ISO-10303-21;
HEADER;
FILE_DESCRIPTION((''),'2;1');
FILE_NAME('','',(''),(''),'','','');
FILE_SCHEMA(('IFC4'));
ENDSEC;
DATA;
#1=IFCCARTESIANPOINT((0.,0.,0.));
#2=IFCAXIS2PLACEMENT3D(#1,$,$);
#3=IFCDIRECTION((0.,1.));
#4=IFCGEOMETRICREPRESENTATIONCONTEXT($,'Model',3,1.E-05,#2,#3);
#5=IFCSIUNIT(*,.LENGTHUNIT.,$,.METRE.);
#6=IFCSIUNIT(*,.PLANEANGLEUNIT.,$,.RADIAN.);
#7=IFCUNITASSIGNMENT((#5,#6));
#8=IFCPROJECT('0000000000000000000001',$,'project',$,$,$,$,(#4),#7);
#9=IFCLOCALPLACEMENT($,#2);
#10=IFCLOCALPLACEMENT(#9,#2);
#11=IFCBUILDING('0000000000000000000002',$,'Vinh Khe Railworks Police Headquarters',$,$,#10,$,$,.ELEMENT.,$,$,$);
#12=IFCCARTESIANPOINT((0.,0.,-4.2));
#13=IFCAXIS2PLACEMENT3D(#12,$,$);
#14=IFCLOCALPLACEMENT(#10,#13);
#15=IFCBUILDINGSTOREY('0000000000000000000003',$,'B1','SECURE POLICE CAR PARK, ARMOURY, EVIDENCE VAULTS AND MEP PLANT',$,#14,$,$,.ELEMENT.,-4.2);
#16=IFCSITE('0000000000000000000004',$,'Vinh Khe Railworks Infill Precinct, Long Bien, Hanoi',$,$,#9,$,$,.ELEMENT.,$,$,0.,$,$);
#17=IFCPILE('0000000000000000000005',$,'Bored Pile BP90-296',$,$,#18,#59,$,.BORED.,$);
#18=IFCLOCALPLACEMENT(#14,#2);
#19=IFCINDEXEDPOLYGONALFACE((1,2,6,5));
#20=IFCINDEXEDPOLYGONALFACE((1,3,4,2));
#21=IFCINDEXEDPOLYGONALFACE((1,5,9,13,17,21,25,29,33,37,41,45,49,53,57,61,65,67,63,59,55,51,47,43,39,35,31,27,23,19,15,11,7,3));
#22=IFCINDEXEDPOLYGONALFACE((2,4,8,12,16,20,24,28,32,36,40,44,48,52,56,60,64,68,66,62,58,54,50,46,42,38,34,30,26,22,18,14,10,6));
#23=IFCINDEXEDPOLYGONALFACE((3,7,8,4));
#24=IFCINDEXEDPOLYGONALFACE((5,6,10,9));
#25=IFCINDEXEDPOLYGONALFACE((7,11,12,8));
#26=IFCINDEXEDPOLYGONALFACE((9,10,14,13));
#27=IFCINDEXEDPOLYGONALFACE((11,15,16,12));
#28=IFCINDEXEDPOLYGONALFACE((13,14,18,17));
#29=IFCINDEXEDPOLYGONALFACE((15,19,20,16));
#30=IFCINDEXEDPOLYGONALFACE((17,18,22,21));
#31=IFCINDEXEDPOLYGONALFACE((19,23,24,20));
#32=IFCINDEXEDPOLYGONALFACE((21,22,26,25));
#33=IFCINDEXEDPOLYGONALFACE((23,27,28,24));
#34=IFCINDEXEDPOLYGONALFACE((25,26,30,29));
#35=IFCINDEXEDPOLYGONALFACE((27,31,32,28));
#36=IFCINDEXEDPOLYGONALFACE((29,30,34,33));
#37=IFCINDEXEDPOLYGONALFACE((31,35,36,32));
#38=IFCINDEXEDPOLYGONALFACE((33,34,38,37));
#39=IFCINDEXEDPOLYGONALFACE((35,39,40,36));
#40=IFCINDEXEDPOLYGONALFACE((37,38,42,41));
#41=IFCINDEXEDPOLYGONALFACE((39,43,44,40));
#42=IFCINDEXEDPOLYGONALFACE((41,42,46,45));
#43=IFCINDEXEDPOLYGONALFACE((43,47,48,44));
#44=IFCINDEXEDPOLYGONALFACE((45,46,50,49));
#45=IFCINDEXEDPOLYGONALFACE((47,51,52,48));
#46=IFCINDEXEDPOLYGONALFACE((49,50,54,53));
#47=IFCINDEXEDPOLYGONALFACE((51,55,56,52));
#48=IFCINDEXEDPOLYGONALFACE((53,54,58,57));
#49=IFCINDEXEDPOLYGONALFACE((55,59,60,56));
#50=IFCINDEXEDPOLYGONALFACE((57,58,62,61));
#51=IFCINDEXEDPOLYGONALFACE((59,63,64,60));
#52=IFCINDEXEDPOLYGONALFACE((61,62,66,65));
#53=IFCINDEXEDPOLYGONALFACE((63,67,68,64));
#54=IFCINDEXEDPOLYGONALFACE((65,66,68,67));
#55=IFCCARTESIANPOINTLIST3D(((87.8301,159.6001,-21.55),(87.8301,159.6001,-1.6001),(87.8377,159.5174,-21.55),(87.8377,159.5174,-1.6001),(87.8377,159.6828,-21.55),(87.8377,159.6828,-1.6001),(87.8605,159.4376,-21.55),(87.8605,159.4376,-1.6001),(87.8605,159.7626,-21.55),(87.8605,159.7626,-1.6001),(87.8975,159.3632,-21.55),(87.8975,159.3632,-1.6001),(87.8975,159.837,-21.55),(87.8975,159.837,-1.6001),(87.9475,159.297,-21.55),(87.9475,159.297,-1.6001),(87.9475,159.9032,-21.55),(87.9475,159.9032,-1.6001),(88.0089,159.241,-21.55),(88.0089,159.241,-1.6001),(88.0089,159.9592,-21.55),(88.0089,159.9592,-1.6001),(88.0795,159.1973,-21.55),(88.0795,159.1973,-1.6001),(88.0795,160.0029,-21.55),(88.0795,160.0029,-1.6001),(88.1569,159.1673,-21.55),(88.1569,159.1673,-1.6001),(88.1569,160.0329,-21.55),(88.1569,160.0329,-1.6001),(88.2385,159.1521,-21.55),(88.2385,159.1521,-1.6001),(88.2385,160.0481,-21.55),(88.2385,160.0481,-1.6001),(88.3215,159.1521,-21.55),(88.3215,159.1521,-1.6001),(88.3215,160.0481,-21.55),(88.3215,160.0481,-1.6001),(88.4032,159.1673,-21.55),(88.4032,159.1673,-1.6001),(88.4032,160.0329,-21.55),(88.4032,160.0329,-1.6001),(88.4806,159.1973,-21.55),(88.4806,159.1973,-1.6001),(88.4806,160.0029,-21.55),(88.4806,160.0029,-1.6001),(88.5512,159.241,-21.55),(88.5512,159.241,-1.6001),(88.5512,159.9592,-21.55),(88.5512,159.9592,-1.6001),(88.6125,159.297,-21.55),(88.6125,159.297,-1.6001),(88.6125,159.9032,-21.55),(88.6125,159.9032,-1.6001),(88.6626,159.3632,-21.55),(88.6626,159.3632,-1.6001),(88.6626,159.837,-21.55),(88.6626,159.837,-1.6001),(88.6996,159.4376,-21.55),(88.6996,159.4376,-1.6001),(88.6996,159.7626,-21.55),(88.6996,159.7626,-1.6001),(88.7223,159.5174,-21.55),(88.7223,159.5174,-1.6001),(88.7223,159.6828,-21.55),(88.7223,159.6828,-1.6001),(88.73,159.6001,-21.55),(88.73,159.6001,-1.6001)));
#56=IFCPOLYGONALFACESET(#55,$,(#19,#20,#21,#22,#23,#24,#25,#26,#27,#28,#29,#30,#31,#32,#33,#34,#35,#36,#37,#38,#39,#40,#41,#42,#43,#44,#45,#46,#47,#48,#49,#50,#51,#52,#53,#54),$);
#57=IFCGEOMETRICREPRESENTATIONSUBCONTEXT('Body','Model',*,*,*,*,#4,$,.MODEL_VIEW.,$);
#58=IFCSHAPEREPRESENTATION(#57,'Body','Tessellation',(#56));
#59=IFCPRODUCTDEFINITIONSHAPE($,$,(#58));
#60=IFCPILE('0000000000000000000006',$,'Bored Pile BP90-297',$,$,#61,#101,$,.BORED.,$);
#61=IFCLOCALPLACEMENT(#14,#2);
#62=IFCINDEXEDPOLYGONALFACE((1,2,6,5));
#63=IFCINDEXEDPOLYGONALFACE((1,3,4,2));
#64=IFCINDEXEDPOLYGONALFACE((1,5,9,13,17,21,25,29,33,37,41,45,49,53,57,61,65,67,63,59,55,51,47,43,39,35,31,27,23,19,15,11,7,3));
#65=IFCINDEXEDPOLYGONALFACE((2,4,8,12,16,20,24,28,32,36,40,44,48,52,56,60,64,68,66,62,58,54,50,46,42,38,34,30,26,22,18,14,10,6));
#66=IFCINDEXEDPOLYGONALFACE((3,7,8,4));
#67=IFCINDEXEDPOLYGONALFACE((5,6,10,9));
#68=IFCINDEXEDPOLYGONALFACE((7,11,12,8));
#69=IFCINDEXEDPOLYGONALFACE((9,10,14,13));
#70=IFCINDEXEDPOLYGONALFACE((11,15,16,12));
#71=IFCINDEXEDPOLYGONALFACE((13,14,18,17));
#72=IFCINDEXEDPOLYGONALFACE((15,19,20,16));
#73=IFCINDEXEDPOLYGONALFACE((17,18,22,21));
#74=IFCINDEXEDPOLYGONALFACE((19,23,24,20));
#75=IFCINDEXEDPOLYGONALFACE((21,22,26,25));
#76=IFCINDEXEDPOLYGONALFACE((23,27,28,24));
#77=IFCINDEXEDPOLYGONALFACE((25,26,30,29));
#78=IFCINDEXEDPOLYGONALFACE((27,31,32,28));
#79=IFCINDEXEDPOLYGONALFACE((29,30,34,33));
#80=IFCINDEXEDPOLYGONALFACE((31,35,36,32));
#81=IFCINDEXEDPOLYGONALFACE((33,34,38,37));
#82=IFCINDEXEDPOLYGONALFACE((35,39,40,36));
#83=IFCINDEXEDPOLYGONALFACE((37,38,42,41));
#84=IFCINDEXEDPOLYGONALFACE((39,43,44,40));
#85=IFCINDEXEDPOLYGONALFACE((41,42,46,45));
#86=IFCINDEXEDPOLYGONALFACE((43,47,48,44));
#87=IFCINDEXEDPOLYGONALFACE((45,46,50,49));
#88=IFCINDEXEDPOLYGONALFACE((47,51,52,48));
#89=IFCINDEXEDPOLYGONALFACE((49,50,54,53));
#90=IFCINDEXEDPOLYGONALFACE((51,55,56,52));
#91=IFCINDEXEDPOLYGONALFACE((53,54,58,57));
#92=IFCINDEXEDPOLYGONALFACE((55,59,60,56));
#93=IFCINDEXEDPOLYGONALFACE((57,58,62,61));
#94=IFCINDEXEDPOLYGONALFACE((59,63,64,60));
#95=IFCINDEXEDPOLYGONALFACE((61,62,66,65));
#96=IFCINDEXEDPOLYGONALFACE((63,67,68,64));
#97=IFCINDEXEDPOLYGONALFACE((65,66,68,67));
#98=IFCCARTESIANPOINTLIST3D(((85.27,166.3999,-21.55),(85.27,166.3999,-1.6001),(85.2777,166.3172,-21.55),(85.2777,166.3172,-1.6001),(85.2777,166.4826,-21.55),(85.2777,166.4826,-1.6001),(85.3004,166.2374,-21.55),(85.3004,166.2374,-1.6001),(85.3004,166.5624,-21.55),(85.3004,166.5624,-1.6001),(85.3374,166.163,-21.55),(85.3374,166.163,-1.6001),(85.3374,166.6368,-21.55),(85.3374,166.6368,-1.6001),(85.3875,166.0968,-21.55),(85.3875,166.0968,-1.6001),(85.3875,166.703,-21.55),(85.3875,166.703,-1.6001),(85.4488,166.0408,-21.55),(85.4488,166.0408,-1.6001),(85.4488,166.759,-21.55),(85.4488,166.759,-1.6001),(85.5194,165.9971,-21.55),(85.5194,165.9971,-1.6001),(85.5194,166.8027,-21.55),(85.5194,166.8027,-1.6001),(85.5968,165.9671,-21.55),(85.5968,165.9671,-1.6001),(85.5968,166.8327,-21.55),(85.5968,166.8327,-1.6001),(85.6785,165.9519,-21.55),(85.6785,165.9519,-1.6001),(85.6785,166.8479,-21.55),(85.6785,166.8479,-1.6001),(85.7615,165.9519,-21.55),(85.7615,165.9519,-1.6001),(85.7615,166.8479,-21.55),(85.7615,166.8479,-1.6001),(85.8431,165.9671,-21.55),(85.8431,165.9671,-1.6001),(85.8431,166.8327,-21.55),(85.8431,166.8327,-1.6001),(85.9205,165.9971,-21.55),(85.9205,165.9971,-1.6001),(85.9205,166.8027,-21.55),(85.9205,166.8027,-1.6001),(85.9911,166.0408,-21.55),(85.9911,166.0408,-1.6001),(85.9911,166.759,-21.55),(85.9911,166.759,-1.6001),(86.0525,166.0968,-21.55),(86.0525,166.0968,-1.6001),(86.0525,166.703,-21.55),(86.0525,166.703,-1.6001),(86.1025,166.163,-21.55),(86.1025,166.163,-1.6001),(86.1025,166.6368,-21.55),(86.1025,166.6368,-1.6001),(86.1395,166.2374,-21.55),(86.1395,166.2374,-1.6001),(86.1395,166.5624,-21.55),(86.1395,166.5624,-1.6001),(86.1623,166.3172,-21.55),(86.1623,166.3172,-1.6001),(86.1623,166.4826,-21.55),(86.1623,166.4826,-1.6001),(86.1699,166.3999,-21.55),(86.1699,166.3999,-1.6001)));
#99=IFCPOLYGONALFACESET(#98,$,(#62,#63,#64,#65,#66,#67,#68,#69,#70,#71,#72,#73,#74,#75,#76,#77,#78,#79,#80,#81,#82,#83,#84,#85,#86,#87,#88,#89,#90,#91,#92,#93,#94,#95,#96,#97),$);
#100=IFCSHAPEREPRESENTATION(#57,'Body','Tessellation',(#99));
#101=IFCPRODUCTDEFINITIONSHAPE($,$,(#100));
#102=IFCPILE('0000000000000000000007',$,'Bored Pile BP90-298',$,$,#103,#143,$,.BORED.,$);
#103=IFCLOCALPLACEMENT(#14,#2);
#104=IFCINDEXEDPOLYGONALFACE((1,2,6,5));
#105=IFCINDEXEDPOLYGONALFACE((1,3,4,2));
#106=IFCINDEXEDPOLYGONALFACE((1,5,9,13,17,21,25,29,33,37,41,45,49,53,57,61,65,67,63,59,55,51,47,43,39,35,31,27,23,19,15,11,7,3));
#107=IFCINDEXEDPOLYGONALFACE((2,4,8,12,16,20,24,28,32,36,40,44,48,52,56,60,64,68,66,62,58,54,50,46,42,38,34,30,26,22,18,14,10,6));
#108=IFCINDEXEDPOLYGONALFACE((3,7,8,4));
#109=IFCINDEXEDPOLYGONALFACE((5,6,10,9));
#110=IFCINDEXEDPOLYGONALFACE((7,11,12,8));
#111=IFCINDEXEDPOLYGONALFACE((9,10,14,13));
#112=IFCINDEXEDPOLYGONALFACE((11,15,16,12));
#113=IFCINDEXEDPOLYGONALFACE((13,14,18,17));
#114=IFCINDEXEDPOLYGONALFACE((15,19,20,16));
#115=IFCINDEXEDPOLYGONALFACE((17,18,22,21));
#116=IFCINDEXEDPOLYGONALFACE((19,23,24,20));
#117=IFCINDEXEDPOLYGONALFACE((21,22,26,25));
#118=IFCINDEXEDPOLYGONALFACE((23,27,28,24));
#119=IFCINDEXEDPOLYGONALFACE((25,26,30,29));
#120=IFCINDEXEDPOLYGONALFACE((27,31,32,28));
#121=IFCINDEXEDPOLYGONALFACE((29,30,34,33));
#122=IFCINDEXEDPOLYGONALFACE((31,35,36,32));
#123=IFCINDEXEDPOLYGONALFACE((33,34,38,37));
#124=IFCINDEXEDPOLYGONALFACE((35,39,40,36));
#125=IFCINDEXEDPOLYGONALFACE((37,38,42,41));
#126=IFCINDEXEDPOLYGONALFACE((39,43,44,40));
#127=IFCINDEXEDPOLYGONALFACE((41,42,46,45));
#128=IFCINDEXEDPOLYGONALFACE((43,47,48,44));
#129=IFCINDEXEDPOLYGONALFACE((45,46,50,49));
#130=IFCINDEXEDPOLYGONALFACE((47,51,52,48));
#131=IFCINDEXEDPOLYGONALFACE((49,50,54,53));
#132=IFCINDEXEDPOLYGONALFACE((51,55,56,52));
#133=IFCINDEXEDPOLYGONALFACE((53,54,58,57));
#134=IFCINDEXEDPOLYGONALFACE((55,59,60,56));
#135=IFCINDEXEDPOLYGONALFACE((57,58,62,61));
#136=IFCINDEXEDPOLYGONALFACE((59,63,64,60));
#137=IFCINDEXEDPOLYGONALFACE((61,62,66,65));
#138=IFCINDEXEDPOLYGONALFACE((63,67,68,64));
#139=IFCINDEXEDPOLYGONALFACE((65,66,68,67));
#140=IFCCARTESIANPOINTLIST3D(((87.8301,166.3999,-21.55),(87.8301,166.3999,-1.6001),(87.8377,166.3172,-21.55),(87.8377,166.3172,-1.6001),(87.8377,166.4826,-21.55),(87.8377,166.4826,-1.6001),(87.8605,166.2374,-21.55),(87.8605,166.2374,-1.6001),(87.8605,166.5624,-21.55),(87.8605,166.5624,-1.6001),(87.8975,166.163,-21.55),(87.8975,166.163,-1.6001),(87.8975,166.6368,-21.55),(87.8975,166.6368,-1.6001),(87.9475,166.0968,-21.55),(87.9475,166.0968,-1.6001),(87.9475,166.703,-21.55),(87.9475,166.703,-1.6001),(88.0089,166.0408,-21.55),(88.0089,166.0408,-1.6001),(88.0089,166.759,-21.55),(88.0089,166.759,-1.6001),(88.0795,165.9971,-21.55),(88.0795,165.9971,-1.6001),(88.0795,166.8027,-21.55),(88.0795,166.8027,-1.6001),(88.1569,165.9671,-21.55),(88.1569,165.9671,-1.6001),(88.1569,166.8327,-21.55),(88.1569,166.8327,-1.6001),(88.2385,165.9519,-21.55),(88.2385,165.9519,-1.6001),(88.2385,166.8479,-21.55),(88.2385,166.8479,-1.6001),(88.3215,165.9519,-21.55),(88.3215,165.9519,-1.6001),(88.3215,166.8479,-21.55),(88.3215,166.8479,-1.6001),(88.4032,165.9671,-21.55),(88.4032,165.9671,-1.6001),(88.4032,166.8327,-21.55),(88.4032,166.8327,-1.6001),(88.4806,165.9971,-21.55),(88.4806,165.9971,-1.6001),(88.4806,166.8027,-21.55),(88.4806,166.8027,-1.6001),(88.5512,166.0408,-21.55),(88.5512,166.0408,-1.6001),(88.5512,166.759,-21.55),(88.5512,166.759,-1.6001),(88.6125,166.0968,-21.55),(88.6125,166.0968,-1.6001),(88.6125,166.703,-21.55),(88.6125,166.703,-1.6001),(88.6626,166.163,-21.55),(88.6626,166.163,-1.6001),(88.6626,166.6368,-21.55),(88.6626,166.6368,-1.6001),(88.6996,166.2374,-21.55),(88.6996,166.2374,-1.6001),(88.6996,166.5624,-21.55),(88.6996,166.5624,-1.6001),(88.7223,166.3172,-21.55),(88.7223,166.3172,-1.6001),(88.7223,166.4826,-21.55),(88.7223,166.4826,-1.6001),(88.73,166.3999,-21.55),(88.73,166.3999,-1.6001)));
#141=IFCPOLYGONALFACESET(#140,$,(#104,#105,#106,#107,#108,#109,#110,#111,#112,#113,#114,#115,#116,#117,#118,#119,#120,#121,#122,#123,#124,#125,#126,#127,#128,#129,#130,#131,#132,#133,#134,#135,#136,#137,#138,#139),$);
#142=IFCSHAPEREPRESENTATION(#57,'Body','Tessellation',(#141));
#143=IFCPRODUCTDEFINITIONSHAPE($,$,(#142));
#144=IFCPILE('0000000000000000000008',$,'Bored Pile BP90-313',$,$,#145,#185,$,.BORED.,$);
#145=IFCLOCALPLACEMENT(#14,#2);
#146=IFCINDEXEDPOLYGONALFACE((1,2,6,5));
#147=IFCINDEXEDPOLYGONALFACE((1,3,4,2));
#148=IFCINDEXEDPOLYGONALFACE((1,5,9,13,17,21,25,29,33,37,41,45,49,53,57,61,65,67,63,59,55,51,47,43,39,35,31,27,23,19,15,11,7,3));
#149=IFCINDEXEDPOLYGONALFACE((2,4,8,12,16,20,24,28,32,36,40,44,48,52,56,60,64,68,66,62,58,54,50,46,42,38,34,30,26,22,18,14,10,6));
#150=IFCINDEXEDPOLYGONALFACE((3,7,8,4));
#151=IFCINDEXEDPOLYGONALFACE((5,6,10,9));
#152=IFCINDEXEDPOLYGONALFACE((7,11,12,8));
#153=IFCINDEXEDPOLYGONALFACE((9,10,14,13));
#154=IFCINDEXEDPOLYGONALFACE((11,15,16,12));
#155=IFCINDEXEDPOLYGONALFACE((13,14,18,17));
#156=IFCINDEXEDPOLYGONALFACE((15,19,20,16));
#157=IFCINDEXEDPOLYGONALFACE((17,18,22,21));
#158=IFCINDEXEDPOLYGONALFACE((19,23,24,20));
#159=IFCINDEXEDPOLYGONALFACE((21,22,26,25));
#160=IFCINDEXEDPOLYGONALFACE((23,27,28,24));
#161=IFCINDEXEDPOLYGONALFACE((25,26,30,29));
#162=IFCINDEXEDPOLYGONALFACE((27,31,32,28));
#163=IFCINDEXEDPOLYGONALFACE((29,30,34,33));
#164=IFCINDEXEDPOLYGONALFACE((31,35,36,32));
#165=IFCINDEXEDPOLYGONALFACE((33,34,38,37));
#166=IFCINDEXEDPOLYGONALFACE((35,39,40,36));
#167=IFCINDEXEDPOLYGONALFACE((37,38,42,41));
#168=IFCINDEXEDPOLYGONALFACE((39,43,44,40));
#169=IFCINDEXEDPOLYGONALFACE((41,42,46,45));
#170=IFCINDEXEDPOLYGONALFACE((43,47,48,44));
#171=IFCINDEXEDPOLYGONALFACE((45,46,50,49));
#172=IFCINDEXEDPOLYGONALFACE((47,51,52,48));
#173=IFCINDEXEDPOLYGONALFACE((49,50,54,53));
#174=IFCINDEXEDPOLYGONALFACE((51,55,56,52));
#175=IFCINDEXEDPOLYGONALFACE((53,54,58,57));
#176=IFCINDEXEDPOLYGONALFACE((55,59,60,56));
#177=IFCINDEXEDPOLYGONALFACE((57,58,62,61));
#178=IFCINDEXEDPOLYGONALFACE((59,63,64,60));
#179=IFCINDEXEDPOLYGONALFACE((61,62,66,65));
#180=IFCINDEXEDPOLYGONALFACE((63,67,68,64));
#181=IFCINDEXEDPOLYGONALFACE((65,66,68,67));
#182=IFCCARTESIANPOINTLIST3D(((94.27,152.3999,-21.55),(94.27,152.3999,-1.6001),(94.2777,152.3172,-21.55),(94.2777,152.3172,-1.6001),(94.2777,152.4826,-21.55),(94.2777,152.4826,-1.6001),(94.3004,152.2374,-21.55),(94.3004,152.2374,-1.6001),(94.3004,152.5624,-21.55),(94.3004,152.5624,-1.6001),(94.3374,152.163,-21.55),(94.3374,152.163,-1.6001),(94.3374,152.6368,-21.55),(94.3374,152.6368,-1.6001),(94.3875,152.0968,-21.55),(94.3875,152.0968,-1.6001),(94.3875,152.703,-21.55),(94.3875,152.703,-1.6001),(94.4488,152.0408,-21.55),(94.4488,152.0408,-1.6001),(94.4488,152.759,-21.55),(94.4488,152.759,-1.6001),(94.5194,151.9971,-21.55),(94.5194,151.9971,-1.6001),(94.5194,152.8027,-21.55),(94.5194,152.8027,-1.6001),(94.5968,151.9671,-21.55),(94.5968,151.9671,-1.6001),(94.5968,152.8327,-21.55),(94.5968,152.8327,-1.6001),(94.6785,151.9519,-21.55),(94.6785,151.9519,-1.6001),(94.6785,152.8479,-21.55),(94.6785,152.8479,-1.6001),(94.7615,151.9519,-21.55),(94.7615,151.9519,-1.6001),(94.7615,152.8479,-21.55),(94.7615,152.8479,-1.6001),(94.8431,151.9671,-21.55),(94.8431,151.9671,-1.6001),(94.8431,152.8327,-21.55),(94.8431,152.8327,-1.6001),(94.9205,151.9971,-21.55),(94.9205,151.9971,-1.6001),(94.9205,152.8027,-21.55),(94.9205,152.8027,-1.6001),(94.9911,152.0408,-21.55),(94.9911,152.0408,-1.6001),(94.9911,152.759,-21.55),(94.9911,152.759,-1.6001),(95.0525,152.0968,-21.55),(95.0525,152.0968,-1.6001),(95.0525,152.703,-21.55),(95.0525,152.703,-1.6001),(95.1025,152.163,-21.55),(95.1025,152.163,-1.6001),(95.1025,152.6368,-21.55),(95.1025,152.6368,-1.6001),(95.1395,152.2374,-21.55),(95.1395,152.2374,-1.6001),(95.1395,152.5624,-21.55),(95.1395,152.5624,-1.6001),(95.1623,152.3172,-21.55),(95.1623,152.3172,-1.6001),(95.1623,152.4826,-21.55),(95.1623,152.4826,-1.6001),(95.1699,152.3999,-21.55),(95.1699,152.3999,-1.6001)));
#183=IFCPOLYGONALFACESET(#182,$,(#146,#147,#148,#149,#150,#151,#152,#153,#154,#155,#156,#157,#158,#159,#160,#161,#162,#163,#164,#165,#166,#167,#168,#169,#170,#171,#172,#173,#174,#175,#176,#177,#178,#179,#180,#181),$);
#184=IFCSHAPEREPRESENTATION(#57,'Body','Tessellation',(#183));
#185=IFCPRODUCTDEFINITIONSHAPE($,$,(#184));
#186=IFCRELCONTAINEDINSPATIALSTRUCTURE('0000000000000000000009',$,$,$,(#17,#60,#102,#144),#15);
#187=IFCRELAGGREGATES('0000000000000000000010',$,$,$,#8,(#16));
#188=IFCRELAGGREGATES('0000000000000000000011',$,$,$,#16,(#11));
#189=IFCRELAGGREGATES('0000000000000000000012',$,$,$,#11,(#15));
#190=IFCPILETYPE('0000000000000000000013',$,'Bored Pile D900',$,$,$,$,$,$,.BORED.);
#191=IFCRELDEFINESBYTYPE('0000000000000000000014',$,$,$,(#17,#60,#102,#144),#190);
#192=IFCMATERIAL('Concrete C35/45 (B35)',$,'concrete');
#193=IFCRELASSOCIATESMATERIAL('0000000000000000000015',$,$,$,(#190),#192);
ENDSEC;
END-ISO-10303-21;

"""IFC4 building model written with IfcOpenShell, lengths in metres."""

from ifc_helpers import new_model, si_unit, direction, frame, origin, origin_2d, place, context, subcontext, project, spatial, circle, extrude, material, material_profile, profile_set, type_object, element, save


model = new_model("IFC4")

# Units and contexts
model_context = context("Model", 3, precision=1e-05, world=origin(), true_north=direction((0.0, 1.0)))
body_context = subcontext(model_context, "Body", "Model", "MODEL_VIEW")
ifc_project = project(units=[si_unit("LENGTHUNIT", "METRE"), si_unit("PLANEANGLEUNIT", "RADIAN")], contexts=[model_context])

# Site, building, storey
site_placement = place(None, origin())
site = spatial("IfcSite", under=ifc_project, at=site_placement, Name="Vinh Khe Railworks Infill Precinct, Long Bien, Hanoi", CompositionType="ELEMENT", RefElevation=0.0)
building_placement = place(site_placement, origin())
building = spatial("IfcBuilding", under=site, at=building_placement, Name="Vinh Khe Railworks Police Headquarters", CompositionType="ELEMENT")
storey_placement = place(building_placement, frame((0.0, 0.0, -4.2)))
storey = spatial("IfcBuildingStorey", under=building, at=storey_placement, Name="B1", Description="SECURE POLICE CAR PARK, ARMOURY, EVIDENCE VAULTS AND MEP PLANT", CompositionType="ELEMENT", Elevation=-4.2)

# Piles
ifc_material_1 = material(Name="Concrete C35/45 (B35)", Category="concrete")
ifc_material_profile_1 = material_profile(ifc_material_1, circle(Radius=0.45, at=origin_2d()), Name="BORED PILE D900")
ifc_profile_set_1 = profile_set([ifc_material_profile_1], Name="Concrete C35/45 (B35)")
pile_type = type_object("IfcPileType", Name="Bored Pile D900", PredefinedType="BORED", material=ifc_profile_set_1)
for number, where, z_axis, x_axis, name in (
    (1, (88.28, 159.6001, -1.6001), (0.0, 0.0, -1.0), (1.0, 0.0, 0.0), "Bored Pile BP90-296"),
    (2, (85.72, 166.3999, -1.6001), (0.0, 0.0, -1.0), (1.0, 0.0, 0.0), "Bored Pile BP90-297"),
    (3, (88.28, 166.3999, -1.6001), (0.0, 0.0, -1.0), (1.0, 0.0, 0.0), "Bored Pile BP90-298"),
    (4, (94.72, 152.3999, -1.6001), (0.0, 0.0, -1.0), (1.0, 0.0, 0.0), "Bored Pile BP90-313"),
):
    element("IfcPile", number, at=place(storey_placement, frame(where, z_axis=z_axis, x_axis=x_axis)), inside=storey, type_object=pile_type, Name=name, PredefinedType="BORED", context=body_context, shape_type="SweptSolid", body=[
        extrude(circle(Radius=0.45, at=origin_2d()), origin(), (0.0, 0.0, 1.0), 19.95),
    ])

save(model, "model.ifc")
